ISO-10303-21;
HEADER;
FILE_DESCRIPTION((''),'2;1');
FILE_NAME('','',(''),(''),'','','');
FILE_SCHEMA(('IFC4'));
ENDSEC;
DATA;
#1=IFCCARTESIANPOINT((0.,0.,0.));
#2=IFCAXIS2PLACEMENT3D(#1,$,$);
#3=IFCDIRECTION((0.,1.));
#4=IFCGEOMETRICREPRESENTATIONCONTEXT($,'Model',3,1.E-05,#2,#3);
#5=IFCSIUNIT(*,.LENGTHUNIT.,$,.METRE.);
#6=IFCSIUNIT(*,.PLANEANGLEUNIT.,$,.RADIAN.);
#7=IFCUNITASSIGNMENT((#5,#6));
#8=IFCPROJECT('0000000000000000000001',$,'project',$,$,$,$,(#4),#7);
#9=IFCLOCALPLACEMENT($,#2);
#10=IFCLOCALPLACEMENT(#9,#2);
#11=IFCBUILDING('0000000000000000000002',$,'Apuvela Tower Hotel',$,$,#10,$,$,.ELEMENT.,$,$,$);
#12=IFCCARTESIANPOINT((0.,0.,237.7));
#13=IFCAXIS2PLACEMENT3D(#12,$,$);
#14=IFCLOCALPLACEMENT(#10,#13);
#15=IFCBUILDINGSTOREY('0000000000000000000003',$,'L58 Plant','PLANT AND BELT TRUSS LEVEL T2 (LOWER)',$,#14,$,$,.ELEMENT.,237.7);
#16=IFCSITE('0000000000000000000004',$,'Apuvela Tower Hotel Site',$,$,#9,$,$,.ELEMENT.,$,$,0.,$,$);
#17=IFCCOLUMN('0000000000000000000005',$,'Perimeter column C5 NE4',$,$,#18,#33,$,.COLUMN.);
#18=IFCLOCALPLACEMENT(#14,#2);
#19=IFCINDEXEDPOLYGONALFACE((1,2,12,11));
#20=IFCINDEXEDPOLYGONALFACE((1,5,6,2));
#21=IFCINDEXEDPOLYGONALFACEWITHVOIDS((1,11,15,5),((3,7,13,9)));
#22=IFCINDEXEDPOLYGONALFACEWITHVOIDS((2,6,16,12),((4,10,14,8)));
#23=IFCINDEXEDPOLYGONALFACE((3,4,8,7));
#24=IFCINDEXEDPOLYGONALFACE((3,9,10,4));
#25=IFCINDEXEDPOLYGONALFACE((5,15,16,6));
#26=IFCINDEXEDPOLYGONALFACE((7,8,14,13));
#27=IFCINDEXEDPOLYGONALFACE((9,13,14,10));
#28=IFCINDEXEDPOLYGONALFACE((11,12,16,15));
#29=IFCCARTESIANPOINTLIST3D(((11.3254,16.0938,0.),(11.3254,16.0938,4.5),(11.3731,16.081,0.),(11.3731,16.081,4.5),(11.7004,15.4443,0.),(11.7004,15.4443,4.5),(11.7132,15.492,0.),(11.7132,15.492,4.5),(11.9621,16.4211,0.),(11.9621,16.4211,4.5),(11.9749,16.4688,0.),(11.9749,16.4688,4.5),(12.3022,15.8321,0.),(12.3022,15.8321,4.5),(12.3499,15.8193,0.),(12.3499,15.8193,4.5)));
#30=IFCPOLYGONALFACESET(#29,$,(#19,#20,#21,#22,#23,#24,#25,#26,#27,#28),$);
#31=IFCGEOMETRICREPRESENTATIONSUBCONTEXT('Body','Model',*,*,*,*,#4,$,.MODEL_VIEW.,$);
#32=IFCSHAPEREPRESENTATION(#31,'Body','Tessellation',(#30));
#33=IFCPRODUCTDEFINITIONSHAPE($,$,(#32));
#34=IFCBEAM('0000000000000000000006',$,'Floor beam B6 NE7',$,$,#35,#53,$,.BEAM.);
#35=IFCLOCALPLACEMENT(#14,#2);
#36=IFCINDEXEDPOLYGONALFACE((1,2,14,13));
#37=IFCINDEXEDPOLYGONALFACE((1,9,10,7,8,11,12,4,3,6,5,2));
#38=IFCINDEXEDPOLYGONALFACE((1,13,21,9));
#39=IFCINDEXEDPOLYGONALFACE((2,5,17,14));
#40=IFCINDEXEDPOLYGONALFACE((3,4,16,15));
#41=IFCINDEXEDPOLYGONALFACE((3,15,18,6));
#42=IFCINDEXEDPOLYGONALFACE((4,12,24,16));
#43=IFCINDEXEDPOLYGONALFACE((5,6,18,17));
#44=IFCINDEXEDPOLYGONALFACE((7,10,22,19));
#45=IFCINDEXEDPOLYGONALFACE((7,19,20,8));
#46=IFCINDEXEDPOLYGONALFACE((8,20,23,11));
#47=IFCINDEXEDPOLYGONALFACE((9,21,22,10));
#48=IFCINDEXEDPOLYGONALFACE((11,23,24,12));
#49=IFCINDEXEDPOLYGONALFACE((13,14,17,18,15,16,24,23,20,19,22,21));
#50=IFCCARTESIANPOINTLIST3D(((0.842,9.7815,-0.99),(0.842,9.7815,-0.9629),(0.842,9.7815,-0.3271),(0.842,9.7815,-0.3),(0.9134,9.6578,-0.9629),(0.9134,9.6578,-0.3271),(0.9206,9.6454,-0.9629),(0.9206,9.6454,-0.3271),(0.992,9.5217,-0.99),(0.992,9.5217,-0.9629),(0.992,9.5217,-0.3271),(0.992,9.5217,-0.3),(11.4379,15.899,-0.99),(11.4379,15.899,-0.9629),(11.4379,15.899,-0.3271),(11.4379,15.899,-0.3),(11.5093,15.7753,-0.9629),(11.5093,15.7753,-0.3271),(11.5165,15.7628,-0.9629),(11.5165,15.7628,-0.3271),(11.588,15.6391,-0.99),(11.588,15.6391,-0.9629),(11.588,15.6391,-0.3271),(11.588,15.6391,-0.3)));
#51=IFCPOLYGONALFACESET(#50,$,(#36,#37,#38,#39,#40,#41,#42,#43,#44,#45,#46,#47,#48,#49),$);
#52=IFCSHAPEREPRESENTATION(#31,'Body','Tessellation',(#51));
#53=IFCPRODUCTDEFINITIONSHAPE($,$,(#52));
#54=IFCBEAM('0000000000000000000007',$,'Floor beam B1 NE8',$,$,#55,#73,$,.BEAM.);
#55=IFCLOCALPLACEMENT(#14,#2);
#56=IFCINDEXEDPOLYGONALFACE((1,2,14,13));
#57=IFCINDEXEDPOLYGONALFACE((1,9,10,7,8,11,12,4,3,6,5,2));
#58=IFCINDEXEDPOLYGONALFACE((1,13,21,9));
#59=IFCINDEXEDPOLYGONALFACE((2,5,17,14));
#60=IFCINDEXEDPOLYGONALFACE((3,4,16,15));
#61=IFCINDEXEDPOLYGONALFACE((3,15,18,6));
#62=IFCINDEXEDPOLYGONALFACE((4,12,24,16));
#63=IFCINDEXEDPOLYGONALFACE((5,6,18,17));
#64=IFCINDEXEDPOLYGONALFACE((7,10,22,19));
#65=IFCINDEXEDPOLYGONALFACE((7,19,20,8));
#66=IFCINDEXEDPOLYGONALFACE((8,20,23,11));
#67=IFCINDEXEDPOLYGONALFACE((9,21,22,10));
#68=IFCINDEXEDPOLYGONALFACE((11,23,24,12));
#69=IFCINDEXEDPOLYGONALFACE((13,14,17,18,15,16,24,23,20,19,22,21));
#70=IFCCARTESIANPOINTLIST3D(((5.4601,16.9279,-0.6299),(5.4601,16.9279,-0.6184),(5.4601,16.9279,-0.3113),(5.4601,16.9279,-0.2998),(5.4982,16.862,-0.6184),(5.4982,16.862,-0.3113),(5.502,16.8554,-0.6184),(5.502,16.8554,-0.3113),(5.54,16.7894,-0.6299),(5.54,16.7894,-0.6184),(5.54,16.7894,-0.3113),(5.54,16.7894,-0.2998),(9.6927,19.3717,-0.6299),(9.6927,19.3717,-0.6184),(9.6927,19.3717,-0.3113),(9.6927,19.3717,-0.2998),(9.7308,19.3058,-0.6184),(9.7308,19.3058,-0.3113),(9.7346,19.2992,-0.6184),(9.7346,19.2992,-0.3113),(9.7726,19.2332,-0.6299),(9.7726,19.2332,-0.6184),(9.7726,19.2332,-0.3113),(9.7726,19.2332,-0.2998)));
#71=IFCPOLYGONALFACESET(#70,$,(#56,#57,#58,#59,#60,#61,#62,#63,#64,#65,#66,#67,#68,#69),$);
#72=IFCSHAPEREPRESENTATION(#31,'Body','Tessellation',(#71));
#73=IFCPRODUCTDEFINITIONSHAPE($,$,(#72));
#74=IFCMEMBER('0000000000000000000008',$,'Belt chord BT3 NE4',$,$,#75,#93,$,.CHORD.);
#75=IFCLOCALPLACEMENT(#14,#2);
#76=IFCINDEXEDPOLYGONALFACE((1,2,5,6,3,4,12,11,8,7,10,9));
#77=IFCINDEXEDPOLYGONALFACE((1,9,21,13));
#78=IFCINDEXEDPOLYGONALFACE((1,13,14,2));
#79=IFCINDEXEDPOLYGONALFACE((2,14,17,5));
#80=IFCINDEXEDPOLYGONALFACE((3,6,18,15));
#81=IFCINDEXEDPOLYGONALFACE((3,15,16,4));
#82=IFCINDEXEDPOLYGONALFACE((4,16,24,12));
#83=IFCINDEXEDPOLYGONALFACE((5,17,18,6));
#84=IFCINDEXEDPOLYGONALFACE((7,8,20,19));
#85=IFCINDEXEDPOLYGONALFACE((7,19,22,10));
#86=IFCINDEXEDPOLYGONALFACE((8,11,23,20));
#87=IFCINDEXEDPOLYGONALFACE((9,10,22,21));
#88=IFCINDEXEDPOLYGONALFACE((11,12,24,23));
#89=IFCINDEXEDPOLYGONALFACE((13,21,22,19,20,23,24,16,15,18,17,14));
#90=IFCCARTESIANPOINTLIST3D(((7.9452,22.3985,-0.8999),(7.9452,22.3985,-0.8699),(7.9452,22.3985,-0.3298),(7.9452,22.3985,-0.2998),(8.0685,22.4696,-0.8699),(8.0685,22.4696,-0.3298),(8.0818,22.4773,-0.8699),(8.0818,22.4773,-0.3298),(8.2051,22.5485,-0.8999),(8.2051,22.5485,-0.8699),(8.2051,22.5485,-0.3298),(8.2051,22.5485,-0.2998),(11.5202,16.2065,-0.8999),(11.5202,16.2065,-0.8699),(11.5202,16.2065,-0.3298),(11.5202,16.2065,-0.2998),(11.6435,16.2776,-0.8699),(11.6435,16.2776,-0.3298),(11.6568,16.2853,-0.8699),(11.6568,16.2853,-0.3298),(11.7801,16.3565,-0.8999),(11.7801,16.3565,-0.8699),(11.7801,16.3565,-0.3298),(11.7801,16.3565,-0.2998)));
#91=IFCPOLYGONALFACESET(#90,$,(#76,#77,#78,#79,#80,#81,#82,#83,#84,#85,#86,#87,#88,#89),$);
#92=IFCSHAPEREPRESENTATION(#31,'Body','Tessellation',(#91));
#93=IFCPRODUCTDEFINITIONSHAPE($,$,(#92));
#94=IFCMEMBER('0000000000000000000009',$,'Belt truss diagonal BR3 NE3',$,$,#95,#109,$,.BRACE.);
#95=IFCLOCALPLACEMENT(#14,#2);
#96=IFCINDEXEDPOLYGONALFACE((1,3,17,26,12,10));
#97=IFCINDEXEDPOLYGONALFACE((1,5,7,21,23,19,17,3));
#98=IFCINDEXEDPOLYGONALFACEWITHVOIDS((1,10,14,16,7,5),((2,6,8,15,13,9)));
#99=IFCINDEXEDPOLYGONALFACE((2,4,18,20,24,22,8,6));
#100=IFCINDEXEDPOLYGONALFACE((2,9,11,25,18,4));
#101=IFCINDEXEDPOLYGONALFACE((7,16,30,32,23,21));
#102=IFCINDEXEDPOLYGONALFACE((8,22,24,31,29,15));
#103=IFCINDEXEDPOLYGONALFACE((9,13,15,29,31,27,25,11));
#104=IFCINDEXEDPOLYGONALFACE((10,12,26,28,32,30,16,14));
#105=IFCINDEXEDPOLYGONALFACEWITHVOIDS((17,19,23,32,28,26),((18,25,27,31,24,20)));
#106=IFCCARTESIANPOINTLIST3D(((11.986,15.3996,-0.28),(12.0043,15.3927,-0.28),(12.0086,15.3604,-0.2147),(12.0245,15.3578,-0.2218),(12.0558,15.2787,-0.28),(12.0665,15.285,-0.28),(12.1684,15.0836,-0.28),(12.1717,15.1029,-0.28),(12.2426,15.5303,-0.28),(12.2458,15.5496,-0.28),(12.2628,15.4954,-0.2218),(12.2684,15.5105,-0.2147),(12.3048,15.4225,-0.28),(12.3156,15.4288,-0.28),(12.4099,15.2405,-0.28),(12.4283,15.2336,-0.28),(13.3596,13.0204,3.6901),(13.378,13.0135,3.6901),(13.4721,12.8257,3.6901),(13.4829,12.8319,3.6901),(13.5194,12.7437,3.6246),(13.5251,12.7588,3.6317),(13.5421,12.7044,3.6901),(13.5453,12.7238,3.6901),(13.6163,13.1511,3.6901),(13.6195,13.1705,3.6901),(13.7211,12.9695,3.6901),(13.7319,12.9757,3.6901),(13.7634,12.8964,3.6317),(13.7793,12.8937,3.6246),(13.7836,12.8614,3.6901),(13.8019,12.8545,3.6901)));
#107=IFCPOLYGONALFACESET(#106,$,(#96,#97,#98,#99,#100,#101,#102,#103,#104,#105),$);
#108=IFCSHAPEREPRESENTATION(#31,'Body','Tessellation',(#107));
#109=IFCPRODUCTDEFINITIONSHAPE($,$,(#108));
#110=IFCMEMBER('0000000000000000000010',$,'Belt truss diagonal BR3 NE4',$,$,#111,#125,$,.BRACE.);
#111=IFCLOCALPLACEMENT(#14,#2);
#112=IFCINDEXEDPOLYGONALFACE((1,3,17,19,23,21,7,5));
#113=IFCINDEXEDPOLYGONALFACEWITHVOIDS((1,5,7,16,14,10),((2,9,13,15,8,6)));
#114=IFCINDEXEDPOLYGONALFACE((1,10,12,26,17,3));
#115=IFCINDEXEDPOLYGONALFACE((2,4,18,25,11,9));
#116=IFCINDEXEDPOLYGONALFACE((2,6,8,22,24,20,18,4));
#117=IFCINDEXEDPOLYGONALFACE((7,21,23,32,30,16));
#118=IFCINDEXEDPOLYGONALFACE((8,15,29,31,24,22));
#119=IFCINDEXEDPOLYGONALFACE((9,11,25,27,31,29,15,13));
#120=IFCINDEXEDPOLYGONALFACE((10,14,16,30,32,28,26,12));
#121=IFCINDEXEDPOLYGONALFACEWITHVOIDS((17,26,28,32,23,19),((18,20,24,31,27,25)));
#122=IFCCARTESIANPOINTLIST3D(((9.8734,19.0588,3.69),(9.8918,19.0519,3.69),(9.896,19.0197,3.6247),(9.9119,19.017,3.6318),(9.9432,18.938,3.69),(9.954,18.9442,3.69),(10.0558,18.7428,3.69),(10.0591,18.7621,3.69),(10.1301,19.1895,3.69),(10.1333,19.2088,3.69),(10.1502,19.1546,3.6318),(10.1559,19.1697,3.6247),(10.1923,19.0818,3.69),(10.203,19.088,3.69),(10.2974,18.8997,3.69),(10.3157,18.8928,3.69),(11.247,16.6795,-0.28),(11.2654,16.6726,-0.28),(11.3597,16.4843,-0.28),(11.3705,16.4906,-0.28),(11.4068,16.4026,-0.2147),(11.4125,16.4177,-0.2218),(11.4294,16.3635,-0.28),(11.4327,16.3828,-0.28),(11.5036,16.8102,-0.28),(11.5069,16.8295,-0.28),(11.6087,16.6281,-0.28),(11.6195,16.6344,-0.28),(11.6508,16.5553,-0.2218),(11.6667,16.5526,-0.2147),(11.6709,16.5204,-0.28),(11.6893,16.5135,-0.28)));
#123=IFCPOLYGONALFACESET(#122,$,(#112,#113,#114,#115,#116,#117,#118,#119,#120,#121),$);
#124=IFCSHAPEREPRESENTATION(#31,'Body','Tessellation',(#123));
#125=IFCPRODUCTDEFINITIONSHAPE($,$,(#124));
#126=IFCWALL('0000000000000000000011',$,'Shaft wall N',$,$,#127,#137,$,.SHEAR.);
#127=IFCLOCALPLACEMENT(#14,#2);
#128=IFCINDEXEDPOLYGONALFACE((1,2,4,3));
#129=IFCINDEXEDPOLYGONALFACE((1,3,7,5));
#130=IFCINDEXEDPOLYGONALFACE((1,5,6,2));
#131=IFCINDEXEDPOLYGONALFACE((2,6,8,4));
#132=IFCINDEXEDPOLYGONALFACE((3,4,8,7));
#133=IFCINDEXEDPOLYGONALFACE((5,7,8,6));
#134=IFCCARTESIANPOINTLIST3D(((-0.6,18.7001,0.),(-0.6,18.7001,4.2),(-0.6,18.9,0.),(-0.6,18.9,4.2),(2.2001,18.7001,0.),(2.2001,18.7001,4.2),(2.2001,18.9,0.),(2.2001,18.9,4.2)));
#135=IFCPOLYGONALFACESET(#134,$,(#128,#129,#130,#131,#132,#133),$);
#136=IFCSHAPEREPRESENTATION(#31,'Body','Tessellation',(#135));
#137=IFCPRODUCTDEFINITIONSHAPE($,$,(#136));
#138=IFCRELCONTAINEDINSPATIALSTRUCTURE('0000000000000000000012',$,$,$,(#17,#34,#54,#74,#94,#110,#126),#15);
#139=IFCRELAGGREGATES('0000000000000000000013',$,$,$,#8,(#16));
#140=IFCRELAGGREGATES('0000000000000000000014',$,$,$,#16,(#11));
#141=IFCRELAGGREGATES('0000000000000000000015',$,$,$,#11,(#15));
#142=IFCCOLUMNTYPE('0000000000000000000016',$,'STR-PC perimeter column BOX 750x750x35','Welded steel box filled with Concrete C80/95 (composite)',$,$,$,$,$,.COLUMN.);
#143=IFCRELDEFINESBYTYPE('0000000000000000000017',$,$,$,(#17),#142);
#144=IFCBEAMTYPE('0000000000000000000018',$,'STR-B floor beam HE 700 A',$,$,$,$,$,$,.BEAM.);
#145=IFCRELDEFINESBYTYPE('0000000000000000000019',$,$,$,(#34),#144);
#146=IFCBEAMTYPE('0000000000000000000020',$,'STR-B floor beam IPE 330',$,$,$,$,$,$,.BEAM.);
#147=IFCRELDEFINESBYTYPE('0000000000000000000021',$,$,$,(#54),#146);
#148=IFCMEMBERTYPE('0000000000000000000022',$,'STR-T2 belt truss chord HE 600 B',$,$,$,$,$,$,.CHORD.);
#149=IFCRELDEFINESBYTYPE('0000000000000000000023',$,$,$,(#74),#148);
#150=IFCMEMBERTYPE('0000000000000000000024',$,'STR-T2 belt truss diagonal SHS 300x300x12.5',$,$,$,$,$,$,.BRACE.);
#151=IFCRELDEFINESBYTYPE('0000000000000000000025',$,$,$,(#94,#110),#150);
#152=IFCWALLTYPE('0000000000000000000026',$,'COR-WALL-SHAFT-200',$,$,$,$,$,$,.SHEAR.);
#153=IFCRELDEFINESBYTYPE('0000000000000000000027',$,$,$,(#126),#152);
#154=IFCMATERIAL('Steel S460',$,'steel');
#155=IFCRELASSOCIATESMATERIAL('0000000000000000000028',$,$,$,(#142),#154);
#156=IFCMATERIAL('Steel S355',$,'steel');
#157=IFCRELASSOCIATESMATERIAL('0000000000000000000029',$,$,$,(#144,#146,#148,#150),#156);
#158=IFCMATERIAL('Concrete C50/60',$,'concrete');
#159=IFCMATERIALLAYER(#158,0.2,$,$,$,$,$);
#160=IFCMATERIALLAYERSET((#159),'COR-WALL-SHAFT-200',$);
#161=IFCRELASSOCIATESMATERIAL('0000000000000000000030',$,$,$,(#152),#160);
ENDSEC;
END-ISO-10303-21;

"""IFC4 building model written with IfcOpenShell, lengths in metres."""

from ifc_helpers import new_model, si_unit, direction, frame, frame_2d, origin, origin_2d, place, context, subcontext, project, spatial, rectangle, hollow_rectangle, i_section, extrude, boolean, halfspace, material, layer, layer_set, material_profile, profile_set, type_object, element, save


model = new_model("IFC4")

# Units and contexts
model_context = context("Model", 3, precision=1e-05, world=origin(), true_north=direction((0.0, 1.0)))
body_context = subcontext(model_context, "Body", "Model", "MODEL_VIEW")
ifc_project = project(units=[si_unit("LENGTHUNIT", "METRE"), si_unit("PLANEANGLEUNIT", "RADIAN")], contexts=[model_context])

# Site, building, storey
site_placement = place(None, origin())
site = spatial("IfcSite", under=ifc_project, at=site_placement, Name="Apuvela Tower Hotel Site", CompositionType="ELEMENT", RefElevation=0.0)
building_placement = place(site_placement, origin())
building = spatial("IfcBuilding", under=site, at=building_placement, Name="Apuvela Tower Hotel", CompositionType="ELEMENT")
storey_placement = place(building_placement, frame((0.0, 0.0, 237.7)))
storey = spatial("IfcBuildingStorey", under=building, at=storey_placement, Name="L58 Plant", Description="PLANT AND BELT TRUSS LEVEL T2 (LOWER)", CompositionType="ELEMENT", Elevation=237.7)

# Column
ifc_material_1 = material(Name="Steel S460", Category="steel")
ifc_material_profile_1 = material_profile(ifc_material_1, hollow_rectangle(XDim=0.75, YDim=0.75, WallThickness=0.0349, at=origin_2d()), Name="BOX 750x750x35")
ifc_material_2 = material(Name="Concrete C80/95", Category="concrete")
ifc_material_profile_2 = material_profile(ifc_material_2, rectangle(XDim=0.6799, YDim=0.6799, at=origin_2d()), Name="Concrete C80/95 infill")
ifc_profile_set_1 = profile_set([ifc_material_profile_1, ifc_material_profile_2], Name="Steel S460")
column_type = type_object("IfcColumnType", Name="STR-PC perimeter column BOX 750x750x35", Description="Welded steel box filled with Concrete C80/95 (composite)", PredefinedType="COLUMN", material=ifc_profile_set_1)
column_placement = place(storey_placement, frame((11.8376, 15.9565, 0.0), z_axis=(0.0, 0.0, 1.0), x_axis=(-0.5, 0.866025, 0.0)))
element("IfcColumn", 1, at=column_placement, inside=storey, type_object=column_type, Name="Perimeter column C5 NE4", PredefinedType="COLUMN", context=body_context, shape_type="SweptSolid", body=[
    extrude(hollow_rectangle(XDim=0.75, YDim=0.75, WallThickness=0.0349, at=origin_2d()), origin(), (0.0, 0.0, 1.0), 4.5),
])

# Beams
ifc_material_3 = material(Name="Steel S355", Category="steel")
ifc_material_profile_3 = material_profile(ifc_material_3, i_section(OverallWidth=0.3, OverallDepth=0.6899, WebThickness=0.0144, FlangeThickness=0.0271, at=origin_2d()), Name="HE 700 A")
ifc_profile_set_2 = profile_set([ifc_material_profile_3], Name="Steel S355")
beam_type_1 = type_object("IfcBeamType", Name="STR-B floor beam HE 700 A", PredefinedType="BEAM", material=ifc_profile_set_2)
beam_1_placement = place(storey_placement, frame((11.5129, 15.769, -0.645), z_axis=(-0.86603, -0.499991, 0.0), x_axis=(0.499991, -0.86603, 0.0)))
element("IfcBeam", 2, at=beam_1_placement, inside=storey, type_object=beam_type_1, Name="Floor beam B6 NE7", PredefinedType="BEAM", context=body_context, shape_type="SweptSolid", body=[
    extrude(i_section(OverallWidth=0.3, OverallDepth=0.6899, WebThickness=0.0144, FlangeThickness=0.0271, at=origin_2d()), origin(), (0.0, 0.0, 1.0), 12.2351),
])
ifc_material_profile_4 = material_profile(ifc_material_3, i_section(OverallWidth=0.1599, OverallDepth=0.3301, WebThickness=0.0076, FlangeThickness=0.0115, at=origin_2d()), Name="IPE 330")
ifc_profile_set_3 = profile_set([ifc_material_profile_4], Name="Steel S355")
beam_type_2 = type_object("IfcBeamType", Name="STR-B floor beam IPE 330", PredefinedType="BEAM", material=ifc_profile_set_3)
beam_2_placement = place(storey_placement, frame((9.7327, 19.3025, -0.4648), z_axis=(-0.866015, -0.500018, 0.0), x_axis=(0.500018, -0.866015, 0.0)))
element("IfcBeam", 3, at=beam_2_placement, inside=storey, type_object=beam_type_2, Name="Floor beam B1 NE8", PredefinedType="BEAM", context=body_context, shape_type="SweptSolid", body=[
    extrude(i_section(OverallWidth=0.1599, OverallDepth=0.3301, WebThickness=0.0076, FlangeThickness=0.0115, at=origin_2d()), origin(), (0.0, 0.0, 1.0), 4.8875),
])

# Members
ifc_material_profile_5 = material_profile(ifc_material_3, i_section(OverallWidth=0.3, OverallDepth=0.6001, WebThickness=0.0154, FlangeThickness=0.03, at=origin_2d()), Name="HE 600 B")
ifc_profile_set_4 = profile_set([ifc_material_profile_5], Name="Steel S355")
member_type_1 = type_object("IfcMemberType", Name="STR-T2 belt truss chord HE 600 B", PredefinedType="CHORD", material=ifc_profile_set_4)
member_1_placement = place(storey_placement, frame((11.6501, 16.2815, -0.5999), z_axis=(-0.500006, 0.866022, 0.0), x_axis=(-0.866022, -0.500006, 0.0)))
element("IfcMember", 4, at=member_1_placement, inside=storey, type_object=member_type_1, Name="Belt chord BT3 NE4", PredefinedType="CHORD", context=body_context, shape_type="SweptSolid", body=[
    extrude(i_section(OverallWidth=0.3, OverallDepth=0.6001, WebThickness=0.0154, FlangeThickness=0.03, at=origin_2d()), origin(), (0.0, 0.0, 1.0), 7.1499),
])
ifc_material_profile_6 = material_profile(ifc_material_3, hollow_rectangle(XDim=0.3, YDim=0.3, WallThickness=0.0125, at=origin_2d()), Name="SHS 300x300x12.5")
ifc_profile_set_5 = profile_set([ifc_material_profile_6], Name="Steel S355")
member_type_2 = type_object("IfcMemberType", Name="STR-T2 belt truss diagonal SHS 300x300x12.5", PredefinedType="BRACE", material=ifc_profile_set_5)
member_2_placement = place(storey_placement, frame((12.2002, 15.3286, -0.3), z_axis=(0.284519, -0.49279, 0.822318), x_axis=(-0.411167, 0.712144, 0.569028)))
solid_1 = boolean("DIFFERENCE", boolean("DIFFERENCE", extrude(hollow_rectangle(XDim=0.3, YDim=0.3, WallThickness=0.0125, at=origin_2d()), frame((0.0, 0.0, -0.2239)), (0.0, 0.0, 1.0), 5.324), halfspace(frame((0.0, 0.0, 0.0244), z_axis=(0.569028, 0.0, 0.822318), x_axis=(0.822318, 0.0, -0.569028)), True)), halfspace(frame((0.0, 0.0, 4.8523), z_axis=(0.569028, 0.0, 0.822318), x_axis=(0.822318, 0.0, -0.569028)), False))
element("IfcMember", 5, at=member_2_placement, inside=storey, type_object=member_type_2, Name="Belt truss diagonal BR3 NE3", PredefinedType="BRACE", context=body_context, shape_type="SweptSolid", body=[
    boolean("UNION", boolean("DIFFERENCE", boolean("DIFFERENCE", extrude(hollow_rectangle(XDim=0.3, YDim=0.3, WallThickness=0.0125, at=origin_2d()), origin(), (0.0, 0.0, 1.0), 4.8765), halfspace(frame((0.0, 0.0, 0.0244), z_axis=(0.569028, 0.0, 0.822318), x_axis=(0.822318, 0.0, -0.569028)), True)), halfspace(frame((0.0, 0.0, 4.8523), z_axis=(0.569028, 0.0, 0.822318), x_axis=(0.822318, 0.0, -0.569028)), False)), solid_1),
])
member_3_placement = place(storey_placement, frame((11.4751, 16.5845, -0.3), z_axis=(-0.284512, 0.492828, 0.822298), x_axis=(0.411125, -0.712144, 0.569058)))
solid_2 = boolean("DIFFERENCE", boolean("DIFFERENCE", extrude(hollow_rectangle(XDim=0.3, YDim=0.3, WallThickness=0.0125, at=origin_2d()), frame((0.0, 0.0, -0.2239)), (0.0, 0.0, 1.0), 5.3242), halfspace(frame((0.0, 0.0, 0.0244), z_axis=(0.569058, 0.0, 0.822298), x_axis=(0.822298, 0.0, -0.569058)), True)), halfspace(frame((0.0, 0.0, 4.8523), z_axis=(0.569058, 0.0, 0.822298), x_axis=(0.822298, 0.0, -0.569058)), False))
element("IfcMember", 6, at=member_3_placement, inside=storey, type_object=member_type_2, Name="Belt truss diagonal BR3 NE4", PredefinedType="BRACE", context=body_context, shape_type="SweptSolid", body=[
    boolean("UNION", boolean("DIFFERENCE", boolean("DIFFERENCE", extrude(hollow_rectangle(XDim=0.3, YDim=0.3, WallThickness=0.0125, at=origin_2d()), origin(), (0.0, 0.0, 1.0), 4.8767), halfspace(frame((0.0, 0.0, 0.0244), z_axis=(0.569058, 0.0, 0.822298), x_axis=(0.822298, 0.0, -0.569058)), True)), halfspace(frame((0.0, 0.0, 4.8523), z_axis=(0.569058, 0.0, 0.822298), x_axis=(0.822298, 0.0, -0.569058)), False)), solid_2),
])

# Wall
ifc_material_4 = material(Name="Concrete C50/60", Category="concrete")
ifc_layer_1 = layer(ifc_material_4, 0.2)
ifc_layer_set_1 = layer_set([ifc_layer_1], Name="COR-WALL-SHAFT-200")
wall_type_1 = type_object("IfcWallType", Name="COR-WALL-SHAFT-200", PredefinedType="SHEAR", material=ifc_layer_set_1)
wall_1_placement = place(storey_placement, frame((2.2, 18.8, 0.0), z_axis=(0.0, 0.0, 1.0), x_axis=(-1.0, 0.0, 0.0)))
element("IfcWall", 7, at=wall_1_placement, inside=storey, type_object=wall_type_1, Name="Shaft wall N", PredefinedType="SHEAR", context=body_context, shape_type="SweptSolid", body=[
    extrude(rectangle(XDim=2.8, YDim=0.2, at=frame_2d((1.3999, 0.0))), origin(), (0.0, 0.0, 1.0), 4.2),
])

save(model, "model.ifc")
